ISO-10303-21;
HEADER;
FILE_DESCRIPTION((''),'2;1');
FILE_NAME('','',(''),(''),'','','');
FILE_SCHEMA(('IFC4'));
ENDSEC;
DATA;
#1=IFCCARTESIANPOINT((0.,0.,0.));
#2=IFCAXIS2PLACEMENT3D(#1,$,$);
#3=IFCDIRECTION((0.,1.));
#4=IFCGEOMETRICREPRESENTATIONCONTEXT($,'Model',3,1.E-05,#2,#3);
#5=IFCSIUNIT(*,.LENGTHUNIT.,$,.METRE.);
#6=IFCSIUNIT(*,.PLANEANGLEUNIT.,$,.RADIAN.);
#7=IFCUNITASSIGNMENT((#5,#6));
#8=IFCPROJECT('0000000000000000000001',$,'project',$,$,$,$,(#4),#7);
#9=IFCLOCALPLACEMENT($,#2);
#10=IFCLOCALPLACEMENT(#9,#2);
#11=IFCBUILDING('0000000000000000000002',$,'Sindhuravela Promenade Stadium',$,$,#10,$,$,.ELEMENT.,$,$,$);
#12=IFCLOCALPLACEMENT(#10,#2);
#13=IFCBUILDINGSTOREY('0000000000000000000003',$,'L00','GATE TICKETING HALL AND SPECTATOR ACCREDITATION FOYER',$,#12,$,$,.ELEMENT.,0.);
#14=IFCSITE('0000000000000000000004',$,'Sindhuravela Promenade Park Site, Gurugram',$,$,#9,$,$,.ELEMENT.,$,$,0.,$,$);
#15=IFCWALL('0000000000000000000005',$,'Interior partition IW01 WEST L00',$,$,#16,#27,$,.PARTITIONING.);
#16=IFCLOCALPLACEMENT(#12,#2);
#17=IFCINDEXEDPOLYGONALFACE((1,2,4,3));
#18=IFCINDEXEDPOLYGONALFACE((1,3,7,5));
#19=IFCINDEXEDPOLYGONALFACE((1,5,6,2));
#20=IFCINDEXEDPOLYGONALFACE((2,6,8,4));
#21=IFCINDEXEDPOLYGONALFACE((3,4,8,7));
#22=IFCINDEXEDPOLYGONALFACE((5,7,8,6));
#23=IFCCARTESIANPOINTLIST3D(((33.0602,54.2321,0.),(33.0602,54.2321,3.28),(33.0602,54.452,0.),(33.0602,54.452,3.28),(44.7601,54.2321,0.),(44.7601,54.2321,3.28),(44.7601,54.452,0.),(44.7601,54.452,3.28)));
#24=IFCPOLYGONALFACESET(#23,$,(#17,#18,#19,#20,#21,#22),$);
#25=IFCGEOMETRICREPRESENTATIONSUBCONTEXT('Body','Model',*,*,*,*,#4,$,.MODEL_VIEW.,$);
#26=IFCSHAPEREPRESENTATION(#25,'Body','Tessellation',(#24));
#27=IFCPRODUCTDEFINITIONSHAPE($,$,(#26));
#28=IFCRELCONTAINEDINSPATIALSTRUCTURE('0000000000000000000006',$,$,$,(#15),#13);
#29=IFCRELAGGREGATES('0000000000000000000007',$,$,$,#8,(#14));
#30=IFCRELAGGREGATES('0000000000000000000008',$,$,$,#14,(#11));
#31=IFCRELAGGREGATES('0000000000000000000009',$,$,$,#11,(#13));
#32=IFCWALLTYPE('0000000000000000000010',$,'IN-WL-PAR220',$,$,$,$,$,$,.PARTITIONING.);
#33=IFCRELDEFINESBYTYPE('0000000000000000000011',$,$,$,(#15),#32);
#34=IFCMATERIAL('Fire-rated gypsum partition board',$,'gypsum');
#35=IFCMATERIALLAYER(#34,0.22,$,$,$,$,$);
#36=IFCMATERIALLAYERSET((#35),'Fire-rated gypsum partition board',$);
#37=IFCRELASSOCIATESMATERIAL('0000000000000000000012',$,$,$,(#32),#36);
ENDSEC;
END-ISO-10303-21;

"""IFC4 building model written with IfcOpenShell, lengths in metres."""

from ifc_helpers import new_model, si_unit, direction, frame, frame_2d, origin, place, context, subcontext, project, spatial, rectangle, extrude, material, layer, layer_set, type_object, element, save


model = new_model("IFC4")

# Units and contexts
model_context = context("Model", 3, precision=1e-05, world=origin(), true_north=direction((0.0, 1.0)))
body_context = subcontext(model_context, "Body", "Model", "MODEL_VIEW")
ifc_project = project(units=[si_unit("LENGTHUNIT", "METRE"), si_unit("PLANEANGLEUNIT", "RADIAN")], contexts=[model_context])

# Site, building, storey
site_placement = place(None, origin())
site = spatial("IfcSite", under=ifc_project, at=site_placement, Name="Sindhuravela Promenade Park Site, Gurugram", CompositionType="ELEMENT", RefElevation=0.0)
building_placement = place(site_placement, origin())
building = spatial("IfcBuilding", under=site, at=building_placement, Name="Sindhuravela Promenade Stadium", CompositionType="ELEMENT")
storey_placement = place(building_placement, origin())
storey = spatial("IfcBuildingStorey", under=building, at=storey_placement, Name="L00", Description="GATE TICKETING HALL AND SPECTATOR ACCREDITATION FOYER", CompositionType="ELEMENT", Elevation=0.0)

# Shared definitions
ifc_material_1 = material(Name="Fire-rated gypsum partition board", Category="gypsum")

# Wall
ifc_layer_1 = layer(ifc_material_1, 0.22)
ifc_layer_set_1 = layer_set([ifc_layer_1], Name="Fire-rated gypsum partition board")
wall_type_1 = type_object("IfcWallType", Name="IN-WL-PAR220", PredefinedType="PARTITIONING", material=ifc_layer_set_1)
wall_1_placement = place(storey_placement, frame((33.0601, 54.342, 0.0), z_axis=(0.0, 0.0, 1.0), x_axis=(1.0, 0.0, 0.0)))
element("IfcWall", 1, at=wall_1_placement, inside=storey, type_object=wall_type_1, Name="Interior partition IW01 WEST L00", PredefinedType="PARTITIONING", context=body_context, shape_type="SweptSolid", body=[
    extrude(rectangle(XDim=11.7, YDim=0.22, at=frame_2d((5.8501, 0.0))), origin(), (0.0, 0.0, 1.0), 3.28),
])

save(model, "model.ifc")
